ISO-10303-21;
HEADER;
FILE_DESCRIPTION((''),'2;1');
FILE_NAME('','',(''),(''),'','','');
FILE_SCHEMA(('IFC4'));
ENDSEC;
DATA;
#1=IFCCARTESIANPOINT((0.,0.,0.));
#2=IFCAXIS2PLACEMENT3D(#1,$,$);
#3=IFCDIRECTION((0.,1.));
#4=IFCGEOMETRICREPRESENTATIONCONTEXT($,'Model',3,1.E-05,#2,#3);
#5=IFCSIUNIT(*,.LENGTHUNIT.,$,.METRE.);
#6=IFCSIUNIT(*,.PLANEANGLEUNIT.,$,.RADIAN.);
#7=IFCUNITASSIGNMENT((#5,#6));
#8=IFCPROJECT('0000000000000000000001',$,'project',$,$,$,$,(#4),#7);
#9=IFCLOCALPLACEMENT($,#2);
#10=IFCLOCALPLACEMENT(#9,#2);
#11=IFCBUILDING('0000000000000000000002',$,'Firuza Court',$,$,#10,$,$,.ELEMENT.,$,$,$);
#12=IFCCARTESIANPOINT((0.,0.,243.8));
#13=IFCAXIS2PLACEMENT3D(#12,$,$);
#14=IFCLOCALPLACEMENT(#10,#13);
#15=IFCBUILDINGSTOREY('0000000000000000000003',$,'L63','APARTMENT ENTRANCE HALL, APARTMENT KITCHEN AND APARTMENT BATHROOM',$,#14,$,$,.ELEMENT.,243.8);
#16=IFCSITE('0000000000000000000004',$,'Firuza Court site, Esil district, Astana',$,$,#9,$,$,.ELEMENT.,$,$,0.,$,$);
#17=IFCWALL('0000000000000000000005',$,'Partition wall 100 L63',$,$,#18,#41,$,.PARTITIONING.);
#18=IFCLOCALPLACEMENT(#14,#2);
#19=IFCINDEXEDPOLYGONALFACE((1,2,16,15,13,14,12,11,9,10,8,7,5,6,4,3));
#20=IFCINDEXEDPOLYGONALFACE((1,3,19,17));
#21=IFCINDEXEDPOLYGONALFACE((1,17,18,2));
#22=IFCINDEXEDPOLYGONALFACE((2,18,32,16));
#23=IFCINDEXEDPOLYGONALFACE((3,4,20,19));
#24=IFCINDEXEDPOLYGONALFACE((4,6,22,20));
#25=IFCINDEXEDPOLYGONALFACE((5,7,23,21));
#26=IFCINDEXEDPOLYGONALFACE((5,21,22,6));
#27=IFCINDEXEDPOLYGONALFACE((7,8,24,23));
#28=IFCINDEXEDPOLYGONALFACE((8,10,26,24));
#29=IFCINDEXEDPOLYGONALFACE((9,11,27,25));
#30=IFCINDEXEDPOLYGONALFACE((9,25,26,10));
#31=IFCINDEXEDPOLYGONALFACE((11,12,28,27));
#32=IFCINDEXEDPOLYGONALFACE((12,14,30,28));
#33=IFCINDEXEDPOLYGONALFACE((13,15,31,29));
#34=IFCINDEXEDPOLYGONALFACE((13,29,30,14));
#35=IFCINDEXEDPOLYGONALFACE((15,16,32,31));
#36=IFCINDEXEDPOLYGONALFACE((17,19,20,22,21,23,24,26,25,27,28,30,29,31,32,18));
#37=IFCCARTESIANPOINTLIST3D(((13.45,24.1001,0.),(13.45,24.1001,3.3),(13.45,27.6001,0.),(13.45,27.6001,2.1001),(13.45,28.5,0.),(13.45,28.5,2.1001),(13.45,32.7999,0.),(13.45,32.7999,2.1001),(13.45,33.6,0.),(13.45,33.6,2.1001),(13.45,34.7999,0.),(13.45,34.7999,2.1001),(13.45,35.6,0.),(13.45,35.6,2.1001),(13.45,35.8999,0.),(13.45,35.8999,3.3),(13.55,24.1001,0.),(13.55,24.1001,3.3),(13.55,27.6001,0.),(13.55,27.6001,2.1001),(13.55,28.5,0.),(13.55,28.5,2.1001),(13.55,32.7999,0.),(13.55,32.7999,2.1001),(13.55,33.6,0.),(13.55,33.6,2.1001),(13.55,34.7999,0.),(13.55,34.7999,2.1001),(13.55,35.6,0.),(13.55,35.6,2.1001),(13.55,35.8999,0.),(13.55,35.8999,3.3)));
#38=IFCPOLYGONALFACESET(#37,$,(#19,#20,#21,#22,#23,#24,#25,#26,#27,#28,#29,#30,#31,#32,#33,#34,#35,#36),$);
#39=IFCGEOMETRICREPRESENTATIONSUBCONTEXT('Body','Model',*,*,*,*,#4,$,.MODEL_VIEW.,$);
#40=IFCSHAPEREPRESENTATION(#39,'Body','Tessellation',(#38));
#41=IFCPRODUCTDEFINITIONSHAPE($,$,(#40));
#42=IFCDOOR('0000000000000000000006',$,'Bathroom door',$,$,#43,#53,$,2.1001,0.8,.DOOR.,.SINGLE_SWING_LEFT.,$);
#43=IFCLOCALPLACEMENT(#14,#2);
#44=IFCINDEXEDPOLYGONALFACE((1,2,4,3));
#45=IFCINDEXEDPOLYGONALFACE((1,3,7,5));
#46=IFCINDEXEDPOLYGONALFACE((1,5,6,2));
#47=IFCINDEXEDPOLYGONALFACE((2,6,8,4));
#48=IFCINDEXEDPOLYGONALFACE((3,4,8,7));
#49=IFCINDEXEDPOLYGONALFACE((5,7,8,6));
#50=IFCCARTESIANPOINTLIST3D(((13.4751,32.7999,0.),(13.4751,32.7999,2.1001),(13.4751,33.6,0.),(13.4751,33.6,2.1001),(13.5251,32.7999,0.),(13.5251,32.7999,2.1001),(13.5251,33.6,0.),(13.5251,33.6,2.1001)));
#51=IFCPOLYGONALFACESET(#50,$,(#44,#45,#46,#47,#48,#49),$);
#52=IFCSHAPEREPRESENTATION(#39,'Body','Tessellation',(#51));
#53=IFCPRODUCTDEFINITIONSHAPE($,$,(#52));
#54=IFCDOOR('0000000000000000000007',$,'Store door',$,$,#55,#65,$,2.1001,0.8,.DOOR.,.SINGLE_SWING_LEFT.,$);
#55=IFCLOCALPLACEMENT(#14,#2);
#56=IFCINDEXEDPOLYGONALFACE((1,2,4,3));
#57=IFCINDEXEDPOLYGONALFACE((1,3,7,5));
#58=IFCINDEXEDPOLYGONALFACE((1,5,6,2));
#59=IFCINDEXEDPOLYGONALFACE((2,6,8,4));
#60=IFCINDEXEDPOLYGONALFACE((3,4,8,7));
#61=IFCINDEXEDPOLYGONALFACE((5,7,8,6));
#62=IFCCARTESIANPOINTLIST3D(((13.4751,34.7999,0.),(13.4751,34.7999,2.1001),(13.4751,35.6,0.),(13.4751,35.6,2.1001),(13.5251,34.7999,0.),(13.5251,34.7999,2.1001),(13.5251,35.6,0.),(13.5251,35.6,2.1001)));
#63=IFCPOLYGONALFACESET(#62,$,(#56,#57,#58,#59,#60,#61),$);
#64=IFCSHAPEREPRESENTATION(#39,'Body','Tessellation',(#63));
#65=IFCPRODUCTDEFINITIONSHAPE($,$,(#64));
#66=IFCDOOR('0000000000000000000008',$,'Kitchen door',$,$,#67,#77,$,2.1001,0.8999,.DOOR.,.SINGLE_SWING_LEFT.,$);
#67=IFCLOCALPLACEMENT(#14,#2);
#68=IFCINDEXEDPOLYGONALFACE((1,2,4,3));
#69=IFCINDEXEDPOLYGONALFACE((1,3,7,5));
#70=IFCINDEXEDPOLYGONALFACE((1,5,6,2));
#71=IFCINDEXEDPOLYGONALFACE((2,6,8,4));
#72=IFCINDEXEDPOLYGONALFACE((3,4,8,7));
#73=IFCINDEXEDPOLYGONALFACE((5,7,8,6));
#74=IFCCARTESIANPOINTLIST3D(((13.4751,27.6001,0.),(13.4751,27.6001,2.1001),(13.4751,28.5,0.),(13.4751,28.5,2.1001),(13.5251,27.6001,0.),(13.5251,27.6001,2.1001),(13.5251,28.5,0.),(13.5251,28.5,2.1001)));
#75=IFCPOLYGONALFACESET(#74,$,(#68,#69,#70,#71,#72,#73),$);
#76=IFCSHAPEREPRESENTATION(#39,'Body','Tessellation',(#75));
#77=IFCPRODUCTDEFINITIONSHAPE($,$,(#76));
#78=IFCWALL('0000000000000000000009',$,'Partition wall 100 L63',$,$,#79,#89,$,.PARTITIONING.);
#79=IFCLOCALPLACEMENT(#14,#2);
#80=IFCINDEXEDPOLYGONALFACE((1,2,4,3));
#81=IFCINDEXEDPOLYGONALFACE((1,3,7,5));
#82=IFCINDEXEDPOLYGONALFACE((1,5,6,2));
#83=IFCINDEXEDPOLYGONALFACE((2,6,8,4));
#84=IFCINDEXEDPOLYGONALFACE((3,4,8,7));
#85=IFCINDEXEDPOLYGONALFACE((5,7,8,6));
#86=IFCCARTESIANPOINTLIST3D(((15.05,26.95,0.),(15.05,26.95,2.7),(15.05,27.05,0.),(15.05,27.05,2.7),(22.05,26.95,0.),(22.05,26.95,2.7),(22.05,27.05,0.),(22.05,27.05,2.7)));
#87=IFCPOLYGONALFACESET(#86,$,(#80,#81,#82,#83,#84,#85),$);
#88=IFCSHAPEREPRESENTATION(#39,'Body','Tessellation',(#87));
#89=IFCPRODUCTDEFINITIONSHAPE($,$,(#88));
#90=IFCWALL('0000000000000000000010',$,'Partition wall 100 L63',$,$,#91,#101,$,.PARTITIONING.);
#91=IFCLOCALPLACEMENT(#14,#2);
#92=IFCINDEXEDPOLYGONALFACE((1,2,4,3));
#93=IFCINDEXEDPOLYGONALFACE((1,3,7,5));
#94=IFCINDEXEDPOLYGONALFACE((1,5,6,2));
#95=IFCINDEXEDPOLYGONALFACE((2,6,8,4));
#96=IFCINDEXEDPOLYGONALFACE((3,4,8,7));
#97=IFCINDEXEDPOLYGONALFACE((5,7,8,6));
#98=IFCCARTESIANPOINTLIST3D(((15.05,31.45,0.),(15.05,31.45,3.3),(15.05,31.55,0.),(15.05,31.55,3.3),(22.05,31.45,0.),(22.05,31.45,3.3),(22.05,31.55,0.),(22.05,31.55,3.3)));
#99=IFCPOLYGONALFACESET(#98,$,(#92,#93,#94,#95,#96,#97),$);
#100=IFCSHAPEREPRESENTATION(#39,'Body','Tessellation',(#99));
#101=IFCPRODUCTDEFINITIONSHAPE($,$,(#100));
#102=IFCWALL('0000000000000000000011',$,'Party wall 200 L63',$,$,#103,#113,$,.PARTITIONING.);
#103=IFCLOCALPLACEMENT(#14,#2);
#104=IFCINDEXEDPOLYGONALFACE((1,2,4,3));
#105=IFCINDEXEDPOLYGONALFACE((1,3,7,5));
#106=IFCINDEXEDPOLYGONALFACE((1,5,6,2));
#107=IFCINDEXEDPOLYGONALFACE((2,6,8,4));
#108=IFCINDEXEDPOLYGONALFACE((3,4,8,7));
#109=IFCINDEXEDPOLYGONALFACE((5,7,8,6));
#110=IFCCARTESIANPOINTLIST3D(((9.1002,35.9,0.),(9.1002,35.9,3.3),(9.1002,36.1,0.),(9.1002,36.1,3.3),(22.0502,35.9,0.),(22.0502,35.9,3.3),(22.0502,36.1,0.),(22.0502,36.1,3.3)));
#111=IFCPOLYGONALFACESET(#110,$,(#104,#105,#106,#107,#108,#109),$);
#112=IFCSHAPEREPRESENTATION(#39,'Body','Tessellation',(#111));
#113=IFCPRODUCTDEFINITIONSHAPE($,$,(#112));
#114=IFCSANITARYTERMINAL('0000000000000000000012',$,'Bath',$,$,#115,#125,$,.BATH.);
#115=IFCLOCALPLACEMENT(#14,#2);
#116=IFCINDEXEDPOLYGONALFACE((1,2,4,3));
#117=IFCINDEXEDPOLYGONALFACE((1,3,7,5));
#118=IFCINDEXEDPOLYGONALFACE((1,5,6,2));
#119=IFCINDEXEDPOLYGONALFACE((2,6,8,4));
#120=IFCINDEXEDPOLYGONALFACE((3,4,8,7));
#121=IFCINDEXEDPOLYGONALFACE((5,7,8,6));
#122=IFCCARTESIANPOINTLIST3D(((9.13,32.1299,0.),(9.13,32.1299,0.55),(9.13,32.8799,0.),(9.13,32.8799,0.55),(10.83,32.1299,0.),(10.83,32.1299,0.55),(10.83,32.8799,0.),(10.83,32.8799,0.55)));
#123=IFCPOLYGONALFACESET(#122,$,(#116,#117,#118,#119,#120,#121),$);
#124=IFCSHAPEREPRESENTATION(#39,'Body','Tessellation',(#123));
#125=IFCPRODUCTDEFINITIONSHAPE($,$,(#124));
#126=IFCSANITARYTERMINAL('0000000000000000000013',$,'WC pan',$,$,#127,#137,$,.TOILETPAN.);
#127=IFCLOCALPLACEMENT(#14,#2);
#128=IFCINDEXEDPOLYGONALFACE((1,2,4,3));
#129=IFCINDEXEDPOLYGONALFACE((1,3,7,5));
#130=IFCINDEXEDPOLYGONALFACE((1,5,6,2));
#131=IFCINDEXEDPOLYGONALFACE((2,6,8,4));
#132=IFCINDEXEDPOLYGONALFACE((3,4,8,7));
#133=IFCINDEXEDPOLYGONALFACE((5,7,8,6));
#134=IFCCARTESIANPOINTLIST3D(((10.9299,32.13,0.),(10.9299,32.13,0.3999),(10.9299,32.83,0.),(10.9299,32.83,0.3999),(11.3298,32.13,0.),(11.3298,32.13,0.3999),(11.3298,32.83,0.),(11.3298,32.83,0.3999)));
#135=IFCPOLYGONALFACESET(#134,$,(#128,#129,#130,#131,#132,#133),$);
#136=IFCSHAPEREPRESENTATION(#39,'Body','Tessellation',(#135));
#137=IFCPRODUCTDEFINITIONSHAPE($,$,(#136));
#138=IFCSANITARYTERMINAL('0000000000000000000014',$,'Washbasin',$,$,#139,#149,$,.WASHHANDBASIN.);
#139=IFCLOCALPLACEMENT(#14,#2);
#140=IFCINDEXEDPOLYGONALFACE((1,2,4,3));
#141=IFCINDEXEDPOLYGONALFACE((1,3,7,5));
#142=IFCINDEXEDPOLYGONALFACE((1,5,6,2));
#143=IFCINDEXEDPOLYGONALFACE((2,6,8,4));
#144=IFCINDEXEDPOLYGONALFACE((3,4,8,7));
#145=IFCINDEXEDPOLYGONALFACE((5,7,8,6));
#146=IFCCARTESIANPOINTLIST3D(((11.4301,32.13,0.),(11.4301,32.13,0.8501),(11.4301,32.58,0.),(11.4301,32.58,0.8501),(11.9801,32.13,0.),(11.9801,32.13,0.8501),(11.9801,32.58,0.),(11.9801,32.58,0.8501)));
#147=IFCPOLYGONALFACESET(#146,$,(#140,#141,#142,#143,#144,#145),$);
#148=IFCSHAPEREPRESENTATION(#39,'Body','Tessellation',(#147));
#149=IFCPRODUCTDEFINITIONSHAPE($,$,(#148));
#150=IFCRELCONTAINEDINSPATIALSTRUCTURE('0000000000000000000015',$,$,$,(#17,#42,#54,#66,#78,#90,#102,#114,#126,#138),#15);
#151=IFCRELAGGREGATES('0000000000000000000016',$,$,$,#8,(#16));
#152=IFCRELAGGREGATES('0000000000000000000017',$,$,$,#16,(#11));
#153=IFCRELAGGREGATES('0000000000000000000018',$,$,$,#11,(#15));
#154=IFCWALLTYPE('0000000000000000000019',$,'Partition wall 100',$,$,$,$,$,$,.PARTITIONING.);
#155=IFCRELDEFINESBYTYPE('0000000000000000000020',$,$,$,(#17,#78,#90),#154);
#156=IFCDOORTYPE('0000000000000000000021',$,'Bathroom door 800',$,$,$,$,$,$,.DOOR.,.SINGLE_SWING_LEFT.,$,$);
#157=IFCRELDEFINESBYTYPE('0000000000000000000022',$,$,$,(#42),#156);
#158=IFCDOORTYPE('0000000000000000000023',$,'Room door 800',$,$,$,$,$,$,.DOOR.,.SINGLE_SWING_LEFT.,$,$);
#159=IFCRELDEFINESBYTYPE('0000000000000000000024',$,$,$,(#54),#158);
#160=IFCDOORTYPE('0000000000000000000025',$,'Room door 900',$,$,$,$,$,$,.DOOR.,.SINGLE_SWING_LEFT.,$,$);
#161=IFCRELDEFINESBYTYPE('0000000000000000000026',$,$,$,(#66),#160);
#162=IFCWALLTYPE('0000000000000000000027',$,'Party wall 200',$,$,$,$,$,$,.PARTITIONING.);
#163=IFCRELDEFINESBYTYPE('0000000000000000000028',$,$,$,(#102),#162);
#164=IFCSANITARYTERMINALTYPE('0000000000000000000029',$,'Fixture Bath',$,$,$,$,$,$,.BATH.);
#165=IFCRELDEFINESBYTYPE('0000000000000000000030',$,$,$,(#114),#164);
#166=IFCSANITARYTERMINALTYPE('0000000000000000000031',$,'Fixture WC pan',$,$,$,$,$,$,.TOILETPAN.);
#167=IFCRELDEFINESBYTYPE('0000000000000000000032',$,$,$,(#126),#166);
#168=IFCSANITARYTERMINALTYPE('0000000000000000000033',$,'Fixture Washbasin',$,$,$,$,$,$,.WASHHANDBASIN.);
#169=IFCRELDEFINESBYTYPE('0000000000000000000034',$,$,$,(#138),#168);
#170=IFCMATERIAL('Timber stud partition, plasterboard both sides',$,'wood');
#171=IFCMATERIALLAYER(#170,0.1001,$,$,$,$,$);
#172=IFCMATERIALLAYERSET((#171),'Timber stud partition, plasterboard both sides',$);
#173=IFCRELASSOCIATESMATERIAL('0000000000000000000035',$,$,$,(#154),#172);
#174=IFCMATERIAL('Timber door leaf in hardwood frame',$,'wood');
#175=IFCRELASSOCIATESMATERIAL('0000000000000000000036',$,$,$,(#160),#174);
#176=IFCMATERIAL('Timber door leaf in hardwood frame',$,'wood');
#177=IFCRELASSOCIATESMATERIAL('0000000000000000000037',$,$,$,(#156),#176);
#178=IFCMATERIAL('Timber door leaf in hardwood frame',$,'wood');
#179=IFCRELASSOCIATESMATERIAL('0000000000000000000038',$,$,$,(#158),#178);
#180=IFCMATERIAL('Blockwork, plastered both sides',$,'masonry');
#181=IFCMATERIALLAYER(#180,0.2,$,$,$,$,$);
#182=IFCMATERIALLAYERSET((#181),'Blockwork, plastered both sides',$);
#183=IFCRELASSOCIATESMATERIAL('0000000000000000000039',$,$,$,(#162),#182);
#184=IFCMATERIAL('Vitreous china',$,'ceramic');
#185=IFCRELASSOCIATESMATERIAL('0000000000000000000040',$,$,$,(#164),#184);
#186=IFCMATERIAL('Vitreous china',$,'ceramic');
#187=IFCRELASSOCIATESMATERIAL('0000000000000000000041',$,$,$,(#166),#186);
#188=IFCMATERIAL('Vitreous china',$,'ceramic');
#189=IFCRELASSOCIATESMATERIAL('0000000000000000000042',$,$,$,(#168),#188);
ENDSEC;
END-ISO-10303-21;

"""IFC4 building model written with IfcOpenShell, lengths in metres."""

from ifc_helpers import new_model, si_unit, direction, frame, frame_2d, origin, origin_2d, place, context, subcontext, project, spatial, rectangle, extrude, material, layer, layer_set, type_object, element, fill, save


model = new_model("IFC4")

# Units and contexts
model_context = context("Model", 3, precision=1e-05, world=origin(), true_north=direction((0.0, 1.0)))
body_context = subcontext(model_context, "Body", "Model", "MODEL_VIEW")
ifc_project = project(units=[si_unit("LENGTHUNIT", "METRE"), si_unit("PLANEANGLEUNIT", "RADIAN")], contexts=[model_context])

# Site, building, storey
site_placement = place(None, origin())
site = spatial("IfcSite", under=ifc_project, at=site_placement, Name="Firuza Court site, Esil district, Astana", CompositionType="ELEMENT", RefElevation=0.0)
building_placement = place(site_placement, origin())
building = spatial("IfcBuilding", under=site, at=building_placement, Name="Firuza Court", CompositionType="ELEMENT")
storey_placement = place(building_placement, frame((0.0, 0.0, 243.8)))
storey = spatial("IfcBuildingStorey", under=building, at=storey_placement, Name="L63", Description="APARTMENT ENTRANCE HALL, APARTMENT KITCHEN AND APARTMENT BATHROOM", CompositionType="ELEMENT", Elevation=243.8)

# Shared definitions
ifc_material_1 = material(Name="Blockwork, plastered both sides", Category="masonry")

# Shared definitions
ifc_material_2 = material(Name="Timber stud partition, plasterboard both sides", Category="wood")
ifc_layer_1 = layer(ifc_material_2, 0.1001)
ifc_layer_set_1 = layer_set([ifc_layer_1], Name="Timber stud partition, plasterboard both sides")
wall_type_1 = type_object("IfcWallType", Name="Partition wall 100", PredefinedType="PARTITIONING", material=ifc_layer_set_1)
ifc_material_3 = material(Name="Timber door leaf in hardwood frame", Category="wood")
door_type_1 = type_object("IfcDoorType", Name="Room door 900", OperationType="SINGLE_SWING_LEFT", PredefinedType="DOOR", material=ifc_material_3)

# Wall, openings, doors
wall_1_placement = place(storey_placement, frame((13.5, 24.1001, 0.0), z_axis=(0.0, 0.0, 1.0), x_axis=(0.0, 1.0, 0.0)))
wall_1 = element("IfcWall", 1, at=wall_1_placement, inside=storey, type_object=wall_type_1, Name="Partition wall 100 L63", PredefinedType="PARTITIONING", context=body_context, shape_type="SweptSolid", body=[
    extrude(rectangle(XDim=11.7998, YDim=0.1001, at=frame_2d((5.8999, 0.0))), origin(), (0.0, 0.0, 1.0), 3.3),
])
opening_1_placement = place(wall_1_placement, frame((8.7, 0.0, 0.0)))
opening_1 = element("IfcOpeningElement", 2, at=opening_1_placement, cuts=wall_1, PredefinedType="OPENING", context=body_context, shape_type="SweptSolid", body=[
    extrude(rectangle(XDim=0.8, YDim=2.1001, at=frame_2d((0.3999, 1.05))), frame((0.0, 0.062, 0.0), z_axis=(0.0, -1.0, 0.0), x_axis=(1.0, 0.0, 0.0)), (0.0, 0.0, 1.0), 0.124),
])
opening_2_placement = place(wall_1_placement, frame((3.5, 0.0, 0.0)))
opening_2 = element("IfcOpeningElement", 3, at=opening_2_placement, cuts=wall_1, PredefinedType="OPENING", context=body_context, shape_type="SweptSolid", body=[
    extrude(rectangle(XDim=0.8999, YDim=2.1001, at=frame_2d((0.45, 1.05))), frame((0.0, 0.062, 0.0), z_axis=(0.0, -1.0, 0.0), x_axis=(1.0, 0.0, 0.0)), (0.0, 0.0, 1.0), 0.124),
])
opening_3_placement = place(wall_1_placement, frame((10.7, 0.0, 0.0)))
opening_3 = element("IfcOpeningElement", 4, at=opening_3_placement, cuts=wall_1, PredefinedType="OPENING", context=body_context, shape_type="SweptSolid", body=[
    extrude(rectangle(XDim=0.8, YDim=2.1001, at=frame_2d((0.3999, 1.05))), frame((0.0, 0.062, 0.0), z_axis=(0.0, -1.0, 0.0), x_axis=(1.0, 0.0, 0.0)), (0.0, 0.0, 1.0), 0.124),
])
ifc_material_4 = material(Name="Timber door leaf in hardwood frame", Category="wood")
door_type_2 = type_object("IfcDoorType", Name="Bathroom door 800", OperationType="SINGLE_SWING_LEFT", PredefinedType="DOOR", material=ifc_material_4)
door_1_placement = place(opening_1_placement, origin())
door_1 = element("IfcDoor", 5, at=door_1_placement, inside=storey, type_object=door_type_2, Name="Bathroom door", OperationType="SINGLE_SWING_LEFT", OverallHeight=2.1001, OverallWidth=0.8, PredefinedType="DOOR", context=body_context, shape_type="SweptSolid", body=[
    extrude(rectangle(XDim=0.8, YDim=2.1001, at=frame_2d((0.3999, 1.05))), frame((0.0, 0.0249, 0.0), z_axis=(0.0, -1.0, 0.0), x_axis=(1.0, 0.0, 0.0)), (0.0, 0.0, 1.0), 0.05),
])
fill(opening_1, door_1)
ifc_material_5 = material(Name="Timber door leaf in hardwood frame", Category="wood")
door_type_3 = type_object("IfcDoorType", Name="Room door 800", OperationType="SINGLE_SWING_LEFT", PredefinedType="DOOR", material=ifc_material_5)
door_2_placement = place(opening_3_placement, origin())
door_2 = element("IfcDoor", 6, at=door_2_placement, inside=storey, type_object=door_type_3, Name="Store door", OperationType="SINGLE_SWING_LEFT", OverallHeight=2.1001, OverallWidth=0.8, PredefinedType="DOOR", context=body_context, shape_type="SweptSolid", body=[
    extrude(rectangle(XDim=0.8, YDim=2.1001, at=frame_2d((0.3999, 1.05))), frame((0.0, 0.0249, 0.0), z_axis=(0.0, -1.0, 0.0), x_axis=(1.0, 0.0, 0.0)), (0.0, 0.0, 1.0), 0.05),
])
fill(opening_3, door_2)
door_3_placement = place(opening_2_placement, origin())
door_3 = element("IfcDoor", 7, at=door_3_placement, inside=storey, type_object=door_type_1, Name="Kitchen door", OperationType="SINGLE_SWING_LEFT", OverallHeight=2.1001, OverallWidth=0.8999, PredefinedType="DOOR", context=body_context, shape_type="SweptSolid", body=[
    extrude(rectangle(XDim=0.8999, YDim=2.1001, at=frame_2d((0.45, 1.05))), frame((0.0, 0.0249, 0.0), z_axis=(0.0, -1.0, 0.0), x_axis=(1.0, 0.0, 0.0)), (0.0, 0.0, 1.0), 0.05),
])
fill(opening_2, door_3)

# Walls
wall_2_placement = place(storey_placement, frame((15.05, 27.0, 0.0), z_axis=(0.0, 0.0, 1.0), x_axis=(1.0, 0.0, 0.0)))
element("IfcWall", 8, at=wall_2_placement, inside=storey, type_object=wall_type_1, Name="Partition wall 100 L63", PredefinedType="PARTITIONING", context=body_context, shape_type="SweptSolid", body=[
    extrude(rectangle(XDim=7.0, YDim=0.1001, at=frame_2d((3.5, 0.0))), origin(), (0.0, 0.0, 1.0), 2.7),
])
wall_3_placement = place(storey_placement, frame((15.05, 31.5, 0.0), z_axis=(0.0, 0.0, 1.0), x_axis=(1.0, 0.0, 0.0)))
element("IfcWall", 9, at=wall_3_placement, inside=storey, type_object=wall_type_1, Name="Partition wall 100 L63", PredefinedType="PARTITIONING", context=body_context, shape_type="SweptSolid", body=[
    extrude(rectangle(XDim=7.0, YDim=0.1001, at=frame_2d((3.5, 0.0))), origin(), (0.0, 0.0, 1.0), 3.3),
])
ifc_layer_2 = layer(ifc_material_1, 0.2)
ifc_layer_set_2 = layer_set([ifc_layer_2], Name="Blockwork, plastered both sides")
wall_type_2 = type_object("IfcWallType", Name="Party wall 200", PredefinedType="PARTITIONING", material=ifc_layer_set_2)
wall_4_placement = place(storey_placement, frame((9.1001, 36.0, 0.0), z_axis=(0.0, 0.0, 1.0), x_axis=(1.0, 0.0, 0.0)))
element("IfcWall", 10, at=wall_4_placement, inside=storey, type_object=wall_type_2, Name="Party wall 200 L63", PredefinedType="PARTITIONING", context=body_context, shape_type="SweptSolid", body=[
    extrude(rectangle(XDim=12.95, YDim=0.2, at=frame_2d((6.4751, 0.0))), origin(), (0.0, 0.0, 1.0), 3.3),
])

# Sanitary terminals
ifc_material_6 = material(Name="Vitreous china", Category="ceramic")
sanitary_terminal_type_1 = type_object("IfcSanitaryTerminalType", Name="Fixture Bath", PredefinedType="BATH", material=ifc_material_6)
sanitary_terminal_1_placement = place(storey_placement, frame((9.98, 32.5049, 0.0), z_axis=(0.0, 0.0, 1.0), x_axis=(1.0, 0.0, 0.0)))
element("IfcSanitaryTerminal", 11, at=sanitary_terminal_1_placement, inside=storey, type_object=sanitary_terminal_type_1, Name="Bath", PredefinedType="BATH", context=body_context, shape_type="SweptSolid", body=[
    extrude(rectangle(XDim=1.7, YDim=0.75, at=origin_2d()), origin(), (0.0, 0.0, 1.0), 0.55),
])
ifc_material_7 = material(Name="Vitreous china", Category="ceramic")
sanitary_terminal_type_2 = type_object("IfcSanitaryTerminalType", Name="Fixture WC pan", PredefinedType="TOILETPAN", material=ifc_material_7)
sanitary_terminal_2_placement = place(storey_placement, frame((11.1299, 32.48, 0.0), z_axis=(0.0, 0.0, 1.0), x_axis=(1.0, 0.0, 0.0)))
element("IfcSanitaryTerminal", 12, at=sanitary_terminal_2_placement, inside=storey, type_object=sanitary_terminal_type_2, Name="WC pan", PredefinedType="TOILETPAN", context=body_context, shape_type="SweptSolid", body=[
    extrude(rectangle(XDim=0.3999, YDim=0.7, at=origin_2d()), origin(), (0.0, 0.0, 1.0), 0.3999),
])
ifc_material_8 = material(Name="Vitreous china", Category="ceramic")
sanitary_terminal_type_3 = type_object("IfcSanitaryTerminalType", Name="Fixture Washbasin", PredefinedType="WASHHANDBASIN", material=ifc_material_8)
sanitary_terminal_3_placement = place(storey_placement, frame((11.7051, 32.355, 0.0), z_axis=(0.0, 0.0, 1.0), x_axis=(1.0, 0.0, 0.0)))
element("IfcSanitaryTerminal", 13, at=sanitary_terminal_3_placement, inside=storey, type_object=sanitary_terminal_type_3, Name="Washbasin", PredefinedType="WASHHANDBASIN", context=body_context, shape_type="SweptSolid", body=[
    extrude(rectangle(XDim=0.55, YDim=0.45, at=origin_2d()), origin(), (0.0, 0.0, 1.0), 0.8501),
])

save(model, "model.ifc")
